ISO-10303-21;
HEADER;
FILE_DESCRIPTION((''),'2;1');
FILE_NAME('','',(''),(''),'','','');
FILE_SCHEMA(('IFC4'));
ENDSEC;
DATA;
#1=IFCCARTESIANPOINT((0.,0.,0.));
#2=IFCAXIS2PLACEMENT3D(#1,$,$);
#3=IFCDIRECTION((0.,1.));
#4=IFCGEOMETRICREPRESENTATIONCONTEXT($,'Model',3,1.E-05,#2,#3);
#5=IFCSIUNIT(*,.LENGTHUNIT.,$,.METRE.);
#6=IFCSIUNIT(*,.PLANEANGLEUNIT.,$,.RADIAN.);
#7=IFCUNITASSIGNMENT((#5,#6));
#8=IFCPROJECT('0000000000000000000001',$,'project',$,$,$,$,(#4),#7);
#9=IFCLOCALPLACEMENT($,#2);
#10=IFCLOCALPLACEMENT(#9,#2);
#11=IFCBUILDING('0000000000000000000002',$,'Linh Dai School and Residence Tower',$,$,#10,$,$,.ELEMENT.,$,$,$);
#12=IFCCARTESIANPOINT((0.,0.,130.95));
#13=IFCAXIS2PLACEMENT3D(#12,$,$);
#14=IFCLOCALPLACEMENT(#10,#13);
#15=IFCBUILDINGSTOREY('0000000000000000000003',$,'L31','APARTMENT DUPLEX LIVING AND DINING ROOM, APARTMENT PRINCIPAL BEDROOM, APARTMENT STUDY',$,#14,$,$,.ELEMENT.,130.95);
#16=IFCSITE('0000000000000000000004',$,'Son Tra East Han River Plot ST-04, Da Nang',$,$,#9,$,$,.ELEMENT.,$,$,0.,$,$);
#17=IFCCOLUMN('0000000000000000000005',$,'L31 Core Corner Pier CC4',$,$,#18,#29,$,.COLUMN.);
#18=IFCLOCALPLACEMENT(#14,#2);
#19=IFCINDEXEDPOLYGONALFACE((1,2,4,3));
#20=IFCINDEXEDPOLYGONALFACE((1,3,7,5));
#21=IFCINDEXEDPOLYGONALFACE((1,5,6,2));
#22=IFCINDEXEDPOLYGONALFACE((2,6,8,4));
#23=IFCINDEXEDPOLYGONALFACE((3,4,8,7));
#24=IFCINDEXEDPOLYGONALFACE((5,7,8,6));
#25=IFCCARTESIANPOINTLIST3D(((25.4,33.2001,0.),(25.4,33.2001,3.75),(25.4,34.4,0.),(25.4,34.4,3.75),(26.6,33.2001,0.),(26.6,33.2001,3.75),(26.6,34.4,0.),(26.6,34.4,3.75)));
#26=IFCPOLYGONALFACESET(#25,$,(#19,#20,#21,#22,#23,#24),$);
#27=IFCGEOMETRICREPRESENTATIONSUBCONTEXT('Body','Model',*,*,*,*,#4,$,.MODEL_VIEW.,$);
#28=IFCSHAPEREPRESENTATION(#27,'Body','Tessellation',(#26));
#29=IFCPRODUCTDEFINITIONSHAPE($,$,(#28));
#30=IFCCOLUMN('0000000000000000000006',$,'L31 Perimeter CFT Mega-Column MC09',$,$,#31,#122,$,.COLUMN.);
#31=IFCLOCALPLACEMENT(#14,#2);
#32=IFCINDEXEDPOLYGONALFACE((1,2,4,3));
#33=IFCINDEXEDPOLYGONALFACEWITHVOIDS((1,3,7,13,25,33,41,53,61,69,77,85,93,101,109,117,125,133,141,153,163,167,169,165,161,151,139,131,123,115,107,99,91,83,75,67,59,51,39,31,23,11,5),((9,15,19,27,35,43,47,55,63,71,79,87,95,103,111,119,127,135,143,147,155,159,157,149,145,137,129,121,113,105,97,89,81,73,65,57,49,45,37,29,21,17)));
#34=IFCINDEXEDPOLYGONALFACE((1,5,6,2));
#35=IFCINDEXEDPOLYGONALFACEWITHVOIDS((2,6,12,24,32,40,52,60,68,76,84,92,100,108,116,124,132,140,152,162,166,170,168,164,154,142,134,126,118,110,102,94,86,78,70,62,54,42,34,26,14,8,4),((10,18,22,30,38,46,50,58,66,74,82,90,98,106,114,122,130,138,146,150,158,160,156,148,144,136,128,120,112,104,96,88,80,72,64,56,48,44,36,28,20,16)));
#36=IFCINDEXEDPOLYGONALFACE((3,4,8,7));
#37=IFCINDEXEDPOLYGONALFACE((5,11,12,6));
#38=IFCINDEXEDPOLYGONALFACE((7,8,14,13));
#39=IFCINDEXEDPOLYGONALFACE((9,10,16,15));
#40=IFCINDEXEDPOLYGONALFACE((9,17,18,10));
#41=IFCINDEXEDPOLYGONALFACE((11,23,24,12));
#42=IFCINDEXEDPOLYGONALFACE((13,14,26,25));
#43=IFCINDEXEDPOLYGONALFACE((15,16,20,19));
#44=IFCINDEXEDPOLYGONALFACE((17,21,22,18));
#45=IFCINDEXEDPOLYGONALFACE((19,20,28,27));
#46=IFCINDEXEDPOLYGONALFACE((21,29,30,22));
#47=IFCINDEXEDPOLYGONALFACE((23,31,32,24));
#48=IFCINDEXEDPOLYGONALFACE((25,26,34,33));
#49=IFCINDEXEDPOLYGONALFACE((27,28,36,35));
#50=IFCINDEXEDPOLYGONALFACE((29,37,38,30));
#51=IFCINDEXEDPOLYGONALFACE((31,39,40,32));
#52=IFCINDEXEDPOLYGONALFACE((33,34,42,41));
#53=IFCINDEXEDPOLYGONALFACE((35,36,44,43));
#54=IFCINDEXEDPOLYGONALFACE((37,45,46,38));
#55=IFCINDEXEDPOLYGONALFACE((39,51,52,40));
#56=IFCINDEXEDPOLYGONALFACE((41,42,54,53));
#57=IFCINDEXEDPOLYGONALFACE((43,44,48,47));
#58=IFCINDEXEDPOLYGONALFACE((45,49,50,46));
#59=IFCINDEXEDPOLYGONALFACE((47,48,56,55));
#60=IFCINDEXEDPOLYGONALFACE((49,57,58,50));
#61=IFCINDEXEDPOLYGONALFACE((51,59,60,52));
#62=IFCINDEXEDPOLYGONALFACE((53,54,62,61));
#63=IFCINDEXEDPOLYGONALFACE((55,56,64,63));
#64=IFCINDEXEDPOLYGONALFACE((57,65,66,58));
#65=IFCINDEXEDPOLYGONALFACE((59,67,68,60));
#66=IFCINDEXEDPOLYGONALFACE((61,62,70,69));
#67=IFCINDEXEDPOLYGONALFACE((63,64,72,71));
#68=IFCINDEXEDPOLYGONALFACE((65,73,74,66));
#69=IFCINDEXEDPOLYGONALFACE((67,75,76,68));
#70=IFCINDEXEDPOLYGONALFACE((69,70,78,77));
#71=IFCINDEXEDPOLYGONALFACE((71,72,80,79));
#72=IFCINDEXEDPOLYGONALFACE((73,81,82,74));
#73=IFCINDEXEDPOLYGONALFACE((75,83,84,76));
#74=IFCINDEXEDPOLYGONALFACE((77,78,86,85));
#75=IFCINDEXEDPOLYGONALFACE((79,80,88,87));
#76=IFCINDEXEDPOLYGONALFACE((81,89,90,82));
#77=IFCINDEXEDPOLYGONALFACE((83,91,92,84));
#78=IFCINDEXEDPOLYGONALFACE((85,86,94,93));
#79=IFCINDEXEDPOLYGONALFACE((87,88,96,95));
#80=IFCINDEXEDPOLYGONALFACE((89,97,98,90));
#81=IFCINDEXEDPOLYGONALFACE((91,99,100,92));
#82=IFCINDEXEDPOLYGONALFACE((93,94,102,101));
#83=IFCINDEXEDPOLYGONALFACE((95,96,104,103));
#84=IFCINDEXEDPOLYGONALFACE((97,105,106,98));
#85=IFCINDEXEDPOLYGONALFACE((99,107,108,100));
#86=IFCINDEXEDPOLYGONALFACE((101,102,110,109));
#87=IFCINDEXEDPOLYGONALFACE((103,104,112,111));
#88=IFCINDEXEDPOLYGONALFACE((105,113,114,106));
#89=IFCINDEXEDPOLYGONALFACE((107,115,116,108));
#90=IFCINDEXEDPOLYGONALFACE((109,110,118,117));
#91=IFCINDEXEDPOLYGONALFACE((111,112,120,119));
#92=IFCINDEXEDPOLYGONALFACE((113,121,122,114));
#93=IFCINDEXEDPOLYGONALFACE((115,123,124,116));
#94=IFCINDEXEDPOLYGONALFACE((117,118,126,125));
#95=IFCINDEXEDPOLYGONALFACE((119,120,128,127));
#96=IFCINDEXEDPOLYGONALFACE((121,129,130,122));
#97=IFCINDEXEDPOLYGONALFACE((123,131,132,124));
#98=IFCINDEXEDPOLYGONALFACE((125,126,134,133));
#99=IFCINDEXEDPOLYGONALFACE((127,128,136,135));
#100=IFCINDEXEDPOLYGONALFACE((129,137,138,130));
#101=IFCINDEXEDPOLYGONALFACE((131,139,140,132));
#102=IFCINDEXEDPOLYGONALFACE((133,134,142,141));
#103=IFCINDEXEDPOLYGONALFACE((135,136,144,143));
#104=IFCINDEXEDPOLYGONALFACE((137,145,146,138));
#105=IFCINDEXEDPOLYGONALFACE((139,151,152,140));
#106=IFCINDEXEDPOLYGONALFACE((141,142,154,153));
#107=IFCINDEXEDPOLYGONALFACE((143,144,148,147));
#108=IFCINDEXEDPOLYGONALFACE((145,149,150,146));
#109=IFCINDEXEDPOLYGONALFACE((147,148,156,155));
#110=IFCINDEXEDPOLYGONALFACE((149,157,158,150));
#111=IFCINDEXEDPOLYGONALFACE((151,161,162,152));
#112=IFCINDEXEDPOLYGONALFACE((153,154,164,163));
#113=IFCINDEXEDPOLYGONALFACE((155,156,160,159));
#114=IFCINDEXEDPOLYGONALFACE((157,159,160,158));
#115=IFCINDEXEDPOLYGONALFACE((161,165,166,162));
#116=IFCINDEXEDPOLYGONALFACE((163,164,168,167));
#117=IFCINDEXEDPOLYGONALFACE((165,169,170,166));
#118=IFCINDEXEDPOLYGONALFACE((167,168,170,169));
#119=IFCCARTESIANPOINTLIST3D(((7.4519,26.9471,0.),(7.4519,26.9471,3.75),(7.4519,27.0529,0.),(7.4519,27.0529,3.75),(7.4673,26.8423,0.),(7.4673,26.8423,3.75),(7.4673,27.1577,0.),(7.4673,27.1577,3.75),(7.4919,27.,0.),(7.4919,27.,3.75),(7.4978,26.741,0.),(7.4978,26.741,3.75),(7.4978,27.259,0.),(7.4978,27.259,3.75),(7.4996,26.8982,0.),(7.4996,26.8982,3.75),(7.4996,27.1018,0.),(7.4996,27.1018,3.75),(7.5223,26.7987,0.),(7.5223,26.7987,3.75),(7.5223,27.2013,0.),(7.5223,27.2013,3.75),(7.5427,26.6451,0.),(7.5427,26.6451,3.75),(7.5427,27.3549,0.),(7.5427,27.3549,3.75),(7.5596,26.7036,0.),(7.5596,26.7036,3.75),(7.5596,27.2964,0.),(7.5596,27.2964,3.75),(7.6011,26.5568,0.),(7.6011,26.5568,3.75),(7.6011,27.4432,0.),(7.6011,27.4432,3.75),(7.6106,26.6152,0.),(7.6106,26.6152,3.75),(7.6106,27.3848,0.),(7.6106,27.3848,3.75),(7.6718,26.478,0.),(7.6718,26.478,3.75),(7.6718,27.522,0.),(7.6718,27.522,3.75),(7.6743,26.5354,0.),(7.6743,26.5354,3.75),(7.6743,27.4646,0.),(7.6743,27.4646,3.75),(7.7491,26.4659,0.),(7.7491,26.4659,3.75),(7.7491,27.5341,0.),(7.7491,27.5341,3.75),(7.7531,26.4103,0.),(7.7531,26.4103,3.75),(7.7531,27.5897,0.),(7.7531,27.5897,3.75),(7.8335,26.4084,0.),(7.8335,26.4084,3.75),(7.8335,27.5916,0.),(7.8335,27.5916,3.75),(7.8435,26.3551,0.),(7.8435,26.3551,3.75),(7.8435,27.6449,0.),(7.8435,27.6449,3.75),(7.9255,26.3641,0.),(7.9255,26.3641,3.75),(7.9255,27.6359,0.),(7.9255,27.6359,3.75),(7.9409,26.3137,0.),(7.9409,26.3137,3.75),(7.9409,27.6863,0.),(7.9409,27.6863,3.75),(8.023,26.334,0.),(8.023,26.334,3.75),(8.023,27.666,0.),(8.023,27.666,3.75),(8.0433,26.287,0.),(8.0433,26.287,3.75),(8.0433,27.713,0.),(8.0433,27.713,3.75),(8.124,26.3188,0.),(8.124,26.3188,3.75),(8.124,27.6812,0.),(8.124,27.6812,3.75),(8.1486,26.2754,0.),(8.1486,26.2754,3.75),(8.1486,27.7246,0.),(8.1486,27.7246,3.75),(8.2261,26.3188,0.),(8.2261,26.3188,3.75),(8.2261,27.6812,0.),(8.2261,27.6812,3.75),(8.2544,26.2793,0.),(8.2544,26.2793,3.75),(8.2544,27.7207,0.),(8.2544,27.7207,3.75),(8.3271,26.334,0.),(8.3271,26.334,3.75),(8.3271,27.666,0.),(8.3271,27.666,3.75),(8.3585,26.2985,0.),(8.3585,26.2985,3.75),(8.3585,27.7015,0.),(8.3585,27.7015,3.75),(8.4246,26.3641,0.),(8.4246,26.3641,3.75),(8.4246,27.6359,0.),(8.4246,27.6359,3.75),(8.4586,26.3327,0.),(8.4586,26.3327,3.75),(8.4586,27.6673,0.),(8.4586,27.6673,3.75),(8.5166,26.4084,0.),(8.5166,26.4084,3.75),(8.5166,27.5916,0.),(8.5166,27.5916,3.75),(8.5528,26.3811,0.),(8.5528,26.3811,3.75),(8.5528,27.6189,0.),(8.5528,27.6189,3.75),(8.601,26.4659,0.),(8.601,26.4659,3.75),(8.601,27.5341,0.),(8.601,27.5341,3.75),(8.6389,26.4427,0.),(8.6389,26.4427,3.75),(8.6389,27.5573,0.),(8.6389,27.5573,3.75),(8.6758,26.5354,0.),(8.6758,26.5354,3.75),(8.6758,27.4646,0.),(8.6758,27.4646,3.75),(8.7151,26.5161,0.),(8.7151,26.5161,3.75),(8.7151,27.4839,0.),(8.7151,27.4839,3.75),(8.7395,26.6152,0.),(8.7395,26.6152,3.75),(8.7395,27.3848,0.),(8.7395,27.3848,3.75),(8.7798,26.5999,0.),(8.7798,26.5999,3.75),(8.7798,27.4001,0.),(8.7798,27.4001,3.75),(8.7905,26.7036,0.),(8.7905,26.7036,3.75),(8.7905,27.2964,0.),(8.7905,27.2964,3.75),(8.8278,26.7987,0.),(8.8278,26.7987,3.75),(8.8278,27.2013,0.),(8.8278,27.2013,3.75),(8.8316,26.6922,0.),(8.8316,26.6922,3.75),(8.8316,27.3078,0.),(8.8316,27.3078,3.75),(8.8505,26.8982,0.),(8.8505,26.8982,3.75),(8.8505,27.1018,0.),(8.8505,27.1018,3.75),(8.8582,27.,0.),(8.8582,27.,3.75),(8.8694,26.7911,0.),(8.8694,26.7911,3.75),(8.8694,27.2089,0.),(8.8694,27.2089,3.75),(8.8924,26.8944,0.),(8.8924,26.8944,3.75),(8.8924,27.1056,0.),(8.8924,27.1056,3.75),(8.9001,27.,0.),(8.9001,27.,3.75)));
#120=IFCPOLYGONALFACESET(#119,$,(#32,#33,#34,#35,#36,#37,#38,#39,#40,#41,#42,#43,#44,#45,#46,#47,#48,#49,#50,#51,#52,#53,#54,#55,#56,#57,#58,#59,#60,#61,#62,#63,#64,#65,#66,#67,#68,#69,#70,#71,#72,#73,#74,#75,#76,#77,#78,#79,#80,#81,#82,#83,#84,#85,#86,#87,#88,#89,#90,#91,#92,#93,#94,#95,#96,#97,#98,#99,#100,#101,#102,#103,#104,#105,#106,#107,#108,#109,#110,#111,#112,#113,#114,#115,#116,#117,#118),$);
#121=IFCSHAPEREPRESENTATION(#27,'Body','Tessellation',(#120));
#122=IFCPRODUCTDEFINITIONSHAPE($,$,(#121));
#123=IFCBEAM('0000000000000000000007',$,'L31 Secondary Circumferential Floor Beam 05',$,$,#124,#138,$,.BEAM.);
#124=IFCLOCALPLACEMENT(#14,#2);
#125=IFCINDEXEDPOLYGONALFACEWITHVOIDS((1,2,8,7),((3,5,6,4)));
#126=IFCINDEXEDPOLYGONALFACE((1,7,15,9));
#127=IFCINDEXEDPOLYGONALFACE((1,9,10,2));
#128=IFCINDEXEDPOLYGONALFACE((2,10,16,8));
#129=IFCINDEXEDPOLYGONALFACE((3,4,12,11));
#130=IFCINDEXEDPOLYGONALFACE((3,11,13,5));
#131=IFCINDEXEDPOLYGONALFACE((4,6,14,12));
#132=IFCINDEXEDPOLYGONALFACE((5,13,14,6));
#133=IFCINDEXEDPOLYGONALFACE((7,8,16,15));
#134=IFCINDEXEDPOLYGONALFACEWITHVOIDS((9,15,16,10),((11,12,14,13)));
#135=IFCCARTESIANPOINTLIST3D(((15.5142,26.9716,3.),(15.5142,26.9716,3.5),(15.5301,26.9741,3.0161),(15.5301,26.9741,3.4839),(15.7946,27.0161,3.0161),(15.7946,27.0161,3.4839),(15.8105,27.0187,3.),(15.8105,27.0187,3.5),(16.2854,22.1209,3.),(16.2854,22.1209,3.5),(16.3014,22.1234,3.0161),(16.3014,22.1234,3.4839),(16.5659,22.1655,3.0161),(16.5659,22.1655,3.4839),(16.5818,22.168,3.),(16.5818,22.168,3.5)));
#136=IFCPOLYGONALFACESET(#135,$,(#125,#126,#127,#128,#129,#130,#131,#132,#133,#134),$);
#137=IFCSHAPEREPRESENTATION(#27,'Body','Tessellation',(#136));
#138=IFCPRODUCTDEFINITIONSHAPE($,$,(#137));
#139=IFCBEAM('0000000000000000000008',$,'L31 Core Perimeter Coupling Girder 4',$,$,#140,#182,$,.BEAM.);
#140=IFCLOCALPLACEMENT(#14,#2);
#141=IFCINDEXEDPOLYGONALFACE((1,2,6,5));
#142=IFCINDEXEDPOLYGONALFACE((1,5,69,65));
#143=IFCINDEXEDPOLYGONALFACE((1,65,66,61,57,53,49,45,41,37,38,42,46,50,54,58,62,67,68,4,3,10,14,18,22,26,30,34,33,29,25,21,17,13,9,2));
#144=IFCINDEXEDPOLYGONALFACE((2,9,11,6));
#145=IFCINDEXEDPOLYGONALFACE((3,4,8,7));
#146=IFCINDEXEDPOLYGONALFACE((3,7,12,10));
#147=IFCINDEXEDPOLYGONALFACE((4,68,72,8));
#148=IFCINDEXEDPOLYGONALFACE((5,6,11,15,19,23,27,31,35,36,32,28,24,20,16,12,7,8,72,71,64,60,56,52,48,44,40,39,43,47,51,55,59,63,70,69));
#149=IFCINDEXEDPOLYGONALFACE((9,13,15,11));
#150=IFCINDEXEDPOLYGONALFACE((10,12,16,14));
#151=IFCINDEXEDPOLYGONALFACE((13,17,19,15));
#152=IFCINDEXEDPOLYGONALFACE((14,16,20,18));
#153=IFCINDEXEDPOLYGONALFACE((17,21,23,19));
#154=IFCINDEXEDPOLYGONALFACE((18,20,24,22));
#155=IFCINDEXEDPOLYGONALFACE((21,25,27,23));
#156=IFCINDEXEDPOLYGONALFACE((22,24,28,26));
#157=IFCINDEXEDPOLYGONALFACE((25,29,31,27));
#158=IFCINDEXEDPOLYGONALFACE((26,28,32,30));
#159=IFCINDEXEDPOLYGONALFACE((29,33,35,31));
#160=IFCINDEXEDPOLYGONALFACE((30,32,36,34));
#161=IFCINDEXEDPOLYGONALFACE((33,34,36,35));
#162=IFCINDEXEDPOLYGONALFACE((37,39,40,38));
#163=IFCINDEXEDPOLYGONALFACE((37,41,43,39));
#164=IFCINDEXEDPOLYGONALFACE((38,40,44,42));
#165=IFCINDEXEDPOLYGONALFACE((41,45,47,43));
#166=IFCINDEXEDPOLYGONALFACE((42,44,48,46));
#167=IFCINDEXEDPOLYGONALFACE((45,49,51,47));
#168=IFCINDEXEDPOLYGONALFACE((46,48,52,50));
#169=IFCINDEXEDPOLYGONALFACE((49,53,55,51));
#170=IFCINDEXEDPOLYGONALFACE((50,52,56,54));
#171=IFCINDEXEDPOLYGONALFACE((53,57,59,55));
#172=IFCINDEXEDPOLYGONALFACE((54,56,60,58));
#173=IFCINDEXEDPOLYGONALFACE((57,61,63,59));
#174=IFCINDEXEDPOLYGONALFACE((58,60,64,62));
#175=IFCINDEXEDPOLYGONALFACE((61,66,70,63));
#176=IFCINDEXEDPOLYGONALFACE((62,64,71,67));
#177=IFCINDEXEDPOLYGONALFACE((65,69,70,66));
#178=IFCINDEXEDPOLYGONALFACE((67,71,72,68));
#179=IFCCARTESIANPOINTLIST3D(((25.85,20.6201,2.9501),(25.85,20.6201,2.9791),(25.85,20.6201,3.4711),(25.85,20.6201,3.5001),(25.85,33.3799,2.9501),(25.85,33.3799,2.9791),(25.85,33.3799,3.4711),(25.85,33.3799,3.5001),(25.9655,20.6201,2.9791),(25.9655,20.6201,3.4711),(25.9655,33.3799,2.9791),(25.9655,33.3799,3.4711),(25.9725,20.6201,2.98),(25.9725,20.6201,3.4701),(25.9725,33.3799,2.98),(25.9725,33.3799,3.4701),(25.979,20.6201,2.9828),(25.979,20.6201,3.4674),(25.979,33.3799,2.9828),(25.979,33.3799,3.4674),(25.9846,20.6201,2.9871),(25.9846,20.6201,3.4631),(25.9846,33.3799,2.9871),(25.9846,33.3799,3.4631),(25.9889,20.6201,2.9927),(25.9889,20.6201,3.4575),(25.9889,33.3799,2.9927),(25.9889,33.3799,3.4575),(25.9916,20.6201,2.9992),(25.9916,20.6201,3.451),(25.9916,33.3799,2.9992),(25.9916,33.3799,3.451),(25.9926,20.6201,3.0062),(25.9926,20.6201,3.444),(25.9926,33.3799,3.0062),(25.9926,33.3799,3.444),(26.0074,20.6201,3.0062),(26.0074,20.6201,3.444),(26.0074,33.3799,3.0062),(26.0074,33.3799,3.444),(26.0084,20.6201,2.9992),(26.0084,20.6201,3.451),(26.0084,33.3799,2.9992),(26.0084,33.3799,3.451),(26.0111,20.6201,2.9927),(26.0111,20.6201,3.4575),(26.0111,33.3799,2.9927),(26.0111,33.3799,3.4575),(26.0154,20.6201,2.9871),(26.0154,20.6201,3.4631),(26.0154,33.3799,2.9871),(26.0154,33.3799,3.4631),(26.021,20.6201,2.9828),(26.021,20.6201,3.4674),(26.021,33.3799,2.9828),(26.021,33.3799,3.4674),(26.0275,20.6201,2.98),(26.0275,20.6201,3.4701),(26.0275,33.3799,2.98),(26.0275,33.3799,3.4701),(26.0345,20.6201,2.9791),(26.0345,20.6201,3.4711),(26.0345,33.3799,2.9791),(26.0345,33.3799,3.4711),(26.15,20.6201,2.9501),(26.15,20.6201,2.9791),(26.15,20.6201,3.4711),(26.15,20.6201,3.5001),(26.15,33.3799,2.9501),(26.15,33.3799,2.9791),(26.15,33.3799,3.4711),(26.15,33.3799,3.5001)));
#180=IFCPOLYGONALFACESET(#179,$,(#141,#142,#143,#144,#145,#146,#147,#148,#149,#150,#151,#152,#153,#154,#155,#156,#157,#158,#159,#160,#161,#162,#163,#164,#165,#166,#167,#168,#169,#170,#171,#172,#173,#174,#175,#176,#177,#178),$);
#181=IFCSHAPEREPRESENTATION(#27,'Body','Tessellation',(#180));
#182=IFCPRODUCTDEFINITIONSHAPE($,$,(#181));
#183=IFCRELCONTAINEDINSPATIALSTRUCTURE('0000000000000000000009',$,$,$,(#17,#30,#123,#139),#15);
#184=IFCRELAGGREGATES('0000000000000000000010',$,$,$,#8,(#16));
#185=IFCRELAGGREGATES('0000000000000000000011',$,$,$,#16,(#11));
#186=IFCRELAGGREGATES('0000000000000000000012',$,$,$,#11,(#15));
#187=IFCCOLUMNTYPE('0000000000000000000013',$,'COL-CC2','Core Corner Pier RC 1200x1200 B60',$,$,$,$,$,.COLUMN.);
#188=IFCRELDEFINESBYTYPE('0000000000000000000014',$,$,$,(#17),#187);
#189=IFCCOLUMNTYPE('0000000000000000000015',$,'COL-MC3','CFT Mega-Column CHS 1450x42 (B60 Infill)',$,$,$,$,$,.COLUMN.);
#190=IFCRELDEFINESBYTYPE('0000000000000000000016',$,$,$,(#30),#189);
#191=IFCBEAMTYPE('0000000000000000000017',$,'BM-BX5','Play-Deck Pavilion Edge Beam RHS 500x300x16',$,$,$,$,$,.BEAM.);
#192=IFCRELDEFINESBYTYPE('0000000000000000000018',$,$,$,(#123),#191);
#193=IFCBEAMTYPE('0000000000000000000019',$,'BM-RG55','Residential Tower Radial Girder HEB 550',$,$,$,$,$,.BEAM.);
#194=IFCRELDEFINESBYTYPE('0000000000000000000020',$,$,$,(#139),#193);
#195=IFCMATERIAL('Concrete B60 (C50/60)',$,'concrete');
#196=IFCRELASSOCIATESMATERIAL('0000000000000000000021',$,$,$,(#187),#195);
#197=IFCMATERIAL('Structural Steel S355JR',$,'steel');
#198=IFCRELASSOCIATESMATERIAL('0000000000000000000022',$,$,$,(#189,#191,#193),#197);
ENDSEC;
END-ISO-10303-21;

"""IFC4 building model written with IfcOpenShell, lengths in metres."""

from ifc_helpers import new_model, si_unit, direction, frame, origin, origin_2d, place, context, subcontext, project, spatial, rectangle, hollow_rectangle, hollow_circle, i_section, extrude, material, material_profile, profile_set, type_object, element, save


model = new_model("IFC4")

# Units and contexts
model_context = context("Model", 3, precision=1e-05, world=origin(), true_north=direction((0.0, 1.0)))
body_context = subcontext(model_context, "Body", "Model", "MODEL_VIEW")
ifc_project = project(units=[si_unit("LENGTHUNIT", "METRE"), si_unit("PLANEANGLEUNIT", "RADIAN")], contexts=[model_context])

# Site, building, storey
site_placement = place(None, origin())
site = spatial("IfcSite", under=ifc_project, at=site_placement, Name="Son Tra East Han River Plot ST-04, Da Nang", CompositionType="ELEMENT", RefElevation=0.0)
building_placement = place(site_placement, origin())
building = spatial("IfcBuilding", under=site, at=building_placement, Name="Linh Dai School and Residence Tower", CompositionType="ELEMENT")
storey_placement = place(building_placement, frame((0.0, 0.0, 130.95)))
storey = spatial("IfcBuildingStorey", under=building, at=storey_placement, Name="L31", Description="APARTMENT DUPLEX LIVING AND DINING ROOM, APARTMENT PRINCIPAL BEDROOM, APARTMENT STUDY", CompositionType="ELEMENT", Elevation=130.95)

# Columns
ifc_material_1 = material(Name="Concrete B60 (C50/60)", Category="concrete")
ifc_material_profile_1 = material_profile(ifc_material_1, rectangle(XDim=1.2, YDim=1.2, at=origin_2d()), Name="RC 1200x1200")
ifc_profile_set_1 = profile_set([ifc_material_profile_1], Name="Concrete B60 (C50/60)")
column_type_1 = type_object("IfcColumnType", Name="COL-CC2", Description="Core Corner Pier RC 1200x1200 B60", PredefinedType="COLUMN", material=ifc_profile_set_1)
column_1_placement = place(storey_placement, frame((26.0, 33.8, 0.0), z_axis=(0.0, 0.0, 1.0), x_axis=(1.0, 0.0, 0.0)))
element("IfcColumn", 1, at=column_1_placement, inside=storey, type_object=column_type_1, Name="L31 Core Corner Pier CC4", PredefinedType="COLUMN", context=body_context, shape_type="SweptSolid", body=[
    extrude(rectangle(XDim=1.2, YDim=1.2, at=origin_2d()), origin(), (0.0, 0.0, 1.0), 3.75),
])
ifc_material_2 = material(Name="Structural Steel S355JR", Category="steel")
ifc_material_profile_2 = material_profile(ifc_material_2, hollow_circle(Radius=0.7251, WallThickness=0.042, at=origin_2d()), Name="CHS 1450x42")
ifc_profile_set_2 = profile_set([ifc_material_profile_2], Name="Structural Steel S355JR")
column_type_2 = type_object("IfcColumnType", Name="COL-MC3", Description="CFT Mega-Column CHS 1450x42 (B60 Infill)", PredefinedType="COLUMN", material=ifc_profile_set_2)
column_2_placement = place(storey_placement, frame((8.175, 27.0, 0.0), z_axis=(0.0, 0.0, 1.0), x_axis=(1.0, 0.0, 0.0)))
element("IfcColumn", 2, at=column_2_placement, inside=storey, type_object=column_type_2, Name="L31 Perimeter CFT Mega-Column MC09", PredefinedType="COLUMN", context=body_context, shape_type="SweptSolid", body=[
    extrude(hollow_circle(Radius=0.7251, WallThickness=0.042, at=origin_2d()), origin(), (0.0, 0.0, 1.0), 3.75),
])

# Beams
ifc_material_profile_3 = material_profile(ifc_material_2, hollow_rectangle(XDim=0.3, YDim=0.5, WallThickness=0.0161, at=origin_2d()), Name="RHS 500x300x16")
ifc_profile_set_3 = profile_set([ifc_material_profile_3], Name="Structural Steel S355JR")
beam_type_1 = type_object("IfcBeamType", Name="BM-BX5", Description="Play-Deck Pavilion Edge Beam RHS 500x300x16", PredefinedType="BEAM", material=ifc_profile_set_3)
beam_1_placement = place(storey_placement, frame((15.6624, 26.9951, 3.25), z_axis=(0.157027, -0.987594, 0.0), x_axis=(0.987594, 0.157027, 0.0)))
element("IfcBeam", 3, at=beam_1_placement, inside=storey, type_object=beam_type_1, Name="L31 Secondary Circumferential Floor Beam 05", PredefinedType="BEAM", context=body_context, shape_type="SweptSolid", body=[
    extrude(hollow_rectangle(XDim=0.3, YDim=0.5, WallThickness=0.0161, at=origin_2d()), origin(), (0.0, 0.0, 1.0), 4.9116),
])
ifc_material_profile_4 = material_profile(ifc_material_2, i_section(OverallWidth=0.3, OverallDepth=0.55, WebThickness=0.0149, FlangeThickness=0.0291, FilletRadius=0.0271, at=origin_2d()), Name="HEB 550")
ifc_profile_set_4 = profile_set([ifc_material_profile_4], Name="Structural Steel S355JR")
beam_type_2 = type_object("IfcBeamType", Name="BM-RG55", Description="Residential Tower Radial Girder HEB 550", PredefinedType="BEAM", material=ifc_profile_set_4)
beam_2_placement = place(storey_placement, frame((26.0, 33.3799, 3.2251), z_axis=(0.0, -1.0, 0.0), x_axis=(1.0, 0.0, 0.0)))
element("IfcBeam", 4, at=beam_2_placement, inside=storey, type_object=beam_type_2, Name="L31 Core Perimeter Coupling Girder 4", PredefinedType="BEAM", context=body_context, shape_type="SweptSolid", body=[
    extrude(i_section(OverallWidth=0.3, OverallDepth=0.55, WebThickness=0.0149, FlangeThickness=0.0291, FilletRadius=0.0271, at=origin_2d()), origin(), (0.0, 0.0, 1.0), 12.7598),
])

save(model, "model.ifc")
